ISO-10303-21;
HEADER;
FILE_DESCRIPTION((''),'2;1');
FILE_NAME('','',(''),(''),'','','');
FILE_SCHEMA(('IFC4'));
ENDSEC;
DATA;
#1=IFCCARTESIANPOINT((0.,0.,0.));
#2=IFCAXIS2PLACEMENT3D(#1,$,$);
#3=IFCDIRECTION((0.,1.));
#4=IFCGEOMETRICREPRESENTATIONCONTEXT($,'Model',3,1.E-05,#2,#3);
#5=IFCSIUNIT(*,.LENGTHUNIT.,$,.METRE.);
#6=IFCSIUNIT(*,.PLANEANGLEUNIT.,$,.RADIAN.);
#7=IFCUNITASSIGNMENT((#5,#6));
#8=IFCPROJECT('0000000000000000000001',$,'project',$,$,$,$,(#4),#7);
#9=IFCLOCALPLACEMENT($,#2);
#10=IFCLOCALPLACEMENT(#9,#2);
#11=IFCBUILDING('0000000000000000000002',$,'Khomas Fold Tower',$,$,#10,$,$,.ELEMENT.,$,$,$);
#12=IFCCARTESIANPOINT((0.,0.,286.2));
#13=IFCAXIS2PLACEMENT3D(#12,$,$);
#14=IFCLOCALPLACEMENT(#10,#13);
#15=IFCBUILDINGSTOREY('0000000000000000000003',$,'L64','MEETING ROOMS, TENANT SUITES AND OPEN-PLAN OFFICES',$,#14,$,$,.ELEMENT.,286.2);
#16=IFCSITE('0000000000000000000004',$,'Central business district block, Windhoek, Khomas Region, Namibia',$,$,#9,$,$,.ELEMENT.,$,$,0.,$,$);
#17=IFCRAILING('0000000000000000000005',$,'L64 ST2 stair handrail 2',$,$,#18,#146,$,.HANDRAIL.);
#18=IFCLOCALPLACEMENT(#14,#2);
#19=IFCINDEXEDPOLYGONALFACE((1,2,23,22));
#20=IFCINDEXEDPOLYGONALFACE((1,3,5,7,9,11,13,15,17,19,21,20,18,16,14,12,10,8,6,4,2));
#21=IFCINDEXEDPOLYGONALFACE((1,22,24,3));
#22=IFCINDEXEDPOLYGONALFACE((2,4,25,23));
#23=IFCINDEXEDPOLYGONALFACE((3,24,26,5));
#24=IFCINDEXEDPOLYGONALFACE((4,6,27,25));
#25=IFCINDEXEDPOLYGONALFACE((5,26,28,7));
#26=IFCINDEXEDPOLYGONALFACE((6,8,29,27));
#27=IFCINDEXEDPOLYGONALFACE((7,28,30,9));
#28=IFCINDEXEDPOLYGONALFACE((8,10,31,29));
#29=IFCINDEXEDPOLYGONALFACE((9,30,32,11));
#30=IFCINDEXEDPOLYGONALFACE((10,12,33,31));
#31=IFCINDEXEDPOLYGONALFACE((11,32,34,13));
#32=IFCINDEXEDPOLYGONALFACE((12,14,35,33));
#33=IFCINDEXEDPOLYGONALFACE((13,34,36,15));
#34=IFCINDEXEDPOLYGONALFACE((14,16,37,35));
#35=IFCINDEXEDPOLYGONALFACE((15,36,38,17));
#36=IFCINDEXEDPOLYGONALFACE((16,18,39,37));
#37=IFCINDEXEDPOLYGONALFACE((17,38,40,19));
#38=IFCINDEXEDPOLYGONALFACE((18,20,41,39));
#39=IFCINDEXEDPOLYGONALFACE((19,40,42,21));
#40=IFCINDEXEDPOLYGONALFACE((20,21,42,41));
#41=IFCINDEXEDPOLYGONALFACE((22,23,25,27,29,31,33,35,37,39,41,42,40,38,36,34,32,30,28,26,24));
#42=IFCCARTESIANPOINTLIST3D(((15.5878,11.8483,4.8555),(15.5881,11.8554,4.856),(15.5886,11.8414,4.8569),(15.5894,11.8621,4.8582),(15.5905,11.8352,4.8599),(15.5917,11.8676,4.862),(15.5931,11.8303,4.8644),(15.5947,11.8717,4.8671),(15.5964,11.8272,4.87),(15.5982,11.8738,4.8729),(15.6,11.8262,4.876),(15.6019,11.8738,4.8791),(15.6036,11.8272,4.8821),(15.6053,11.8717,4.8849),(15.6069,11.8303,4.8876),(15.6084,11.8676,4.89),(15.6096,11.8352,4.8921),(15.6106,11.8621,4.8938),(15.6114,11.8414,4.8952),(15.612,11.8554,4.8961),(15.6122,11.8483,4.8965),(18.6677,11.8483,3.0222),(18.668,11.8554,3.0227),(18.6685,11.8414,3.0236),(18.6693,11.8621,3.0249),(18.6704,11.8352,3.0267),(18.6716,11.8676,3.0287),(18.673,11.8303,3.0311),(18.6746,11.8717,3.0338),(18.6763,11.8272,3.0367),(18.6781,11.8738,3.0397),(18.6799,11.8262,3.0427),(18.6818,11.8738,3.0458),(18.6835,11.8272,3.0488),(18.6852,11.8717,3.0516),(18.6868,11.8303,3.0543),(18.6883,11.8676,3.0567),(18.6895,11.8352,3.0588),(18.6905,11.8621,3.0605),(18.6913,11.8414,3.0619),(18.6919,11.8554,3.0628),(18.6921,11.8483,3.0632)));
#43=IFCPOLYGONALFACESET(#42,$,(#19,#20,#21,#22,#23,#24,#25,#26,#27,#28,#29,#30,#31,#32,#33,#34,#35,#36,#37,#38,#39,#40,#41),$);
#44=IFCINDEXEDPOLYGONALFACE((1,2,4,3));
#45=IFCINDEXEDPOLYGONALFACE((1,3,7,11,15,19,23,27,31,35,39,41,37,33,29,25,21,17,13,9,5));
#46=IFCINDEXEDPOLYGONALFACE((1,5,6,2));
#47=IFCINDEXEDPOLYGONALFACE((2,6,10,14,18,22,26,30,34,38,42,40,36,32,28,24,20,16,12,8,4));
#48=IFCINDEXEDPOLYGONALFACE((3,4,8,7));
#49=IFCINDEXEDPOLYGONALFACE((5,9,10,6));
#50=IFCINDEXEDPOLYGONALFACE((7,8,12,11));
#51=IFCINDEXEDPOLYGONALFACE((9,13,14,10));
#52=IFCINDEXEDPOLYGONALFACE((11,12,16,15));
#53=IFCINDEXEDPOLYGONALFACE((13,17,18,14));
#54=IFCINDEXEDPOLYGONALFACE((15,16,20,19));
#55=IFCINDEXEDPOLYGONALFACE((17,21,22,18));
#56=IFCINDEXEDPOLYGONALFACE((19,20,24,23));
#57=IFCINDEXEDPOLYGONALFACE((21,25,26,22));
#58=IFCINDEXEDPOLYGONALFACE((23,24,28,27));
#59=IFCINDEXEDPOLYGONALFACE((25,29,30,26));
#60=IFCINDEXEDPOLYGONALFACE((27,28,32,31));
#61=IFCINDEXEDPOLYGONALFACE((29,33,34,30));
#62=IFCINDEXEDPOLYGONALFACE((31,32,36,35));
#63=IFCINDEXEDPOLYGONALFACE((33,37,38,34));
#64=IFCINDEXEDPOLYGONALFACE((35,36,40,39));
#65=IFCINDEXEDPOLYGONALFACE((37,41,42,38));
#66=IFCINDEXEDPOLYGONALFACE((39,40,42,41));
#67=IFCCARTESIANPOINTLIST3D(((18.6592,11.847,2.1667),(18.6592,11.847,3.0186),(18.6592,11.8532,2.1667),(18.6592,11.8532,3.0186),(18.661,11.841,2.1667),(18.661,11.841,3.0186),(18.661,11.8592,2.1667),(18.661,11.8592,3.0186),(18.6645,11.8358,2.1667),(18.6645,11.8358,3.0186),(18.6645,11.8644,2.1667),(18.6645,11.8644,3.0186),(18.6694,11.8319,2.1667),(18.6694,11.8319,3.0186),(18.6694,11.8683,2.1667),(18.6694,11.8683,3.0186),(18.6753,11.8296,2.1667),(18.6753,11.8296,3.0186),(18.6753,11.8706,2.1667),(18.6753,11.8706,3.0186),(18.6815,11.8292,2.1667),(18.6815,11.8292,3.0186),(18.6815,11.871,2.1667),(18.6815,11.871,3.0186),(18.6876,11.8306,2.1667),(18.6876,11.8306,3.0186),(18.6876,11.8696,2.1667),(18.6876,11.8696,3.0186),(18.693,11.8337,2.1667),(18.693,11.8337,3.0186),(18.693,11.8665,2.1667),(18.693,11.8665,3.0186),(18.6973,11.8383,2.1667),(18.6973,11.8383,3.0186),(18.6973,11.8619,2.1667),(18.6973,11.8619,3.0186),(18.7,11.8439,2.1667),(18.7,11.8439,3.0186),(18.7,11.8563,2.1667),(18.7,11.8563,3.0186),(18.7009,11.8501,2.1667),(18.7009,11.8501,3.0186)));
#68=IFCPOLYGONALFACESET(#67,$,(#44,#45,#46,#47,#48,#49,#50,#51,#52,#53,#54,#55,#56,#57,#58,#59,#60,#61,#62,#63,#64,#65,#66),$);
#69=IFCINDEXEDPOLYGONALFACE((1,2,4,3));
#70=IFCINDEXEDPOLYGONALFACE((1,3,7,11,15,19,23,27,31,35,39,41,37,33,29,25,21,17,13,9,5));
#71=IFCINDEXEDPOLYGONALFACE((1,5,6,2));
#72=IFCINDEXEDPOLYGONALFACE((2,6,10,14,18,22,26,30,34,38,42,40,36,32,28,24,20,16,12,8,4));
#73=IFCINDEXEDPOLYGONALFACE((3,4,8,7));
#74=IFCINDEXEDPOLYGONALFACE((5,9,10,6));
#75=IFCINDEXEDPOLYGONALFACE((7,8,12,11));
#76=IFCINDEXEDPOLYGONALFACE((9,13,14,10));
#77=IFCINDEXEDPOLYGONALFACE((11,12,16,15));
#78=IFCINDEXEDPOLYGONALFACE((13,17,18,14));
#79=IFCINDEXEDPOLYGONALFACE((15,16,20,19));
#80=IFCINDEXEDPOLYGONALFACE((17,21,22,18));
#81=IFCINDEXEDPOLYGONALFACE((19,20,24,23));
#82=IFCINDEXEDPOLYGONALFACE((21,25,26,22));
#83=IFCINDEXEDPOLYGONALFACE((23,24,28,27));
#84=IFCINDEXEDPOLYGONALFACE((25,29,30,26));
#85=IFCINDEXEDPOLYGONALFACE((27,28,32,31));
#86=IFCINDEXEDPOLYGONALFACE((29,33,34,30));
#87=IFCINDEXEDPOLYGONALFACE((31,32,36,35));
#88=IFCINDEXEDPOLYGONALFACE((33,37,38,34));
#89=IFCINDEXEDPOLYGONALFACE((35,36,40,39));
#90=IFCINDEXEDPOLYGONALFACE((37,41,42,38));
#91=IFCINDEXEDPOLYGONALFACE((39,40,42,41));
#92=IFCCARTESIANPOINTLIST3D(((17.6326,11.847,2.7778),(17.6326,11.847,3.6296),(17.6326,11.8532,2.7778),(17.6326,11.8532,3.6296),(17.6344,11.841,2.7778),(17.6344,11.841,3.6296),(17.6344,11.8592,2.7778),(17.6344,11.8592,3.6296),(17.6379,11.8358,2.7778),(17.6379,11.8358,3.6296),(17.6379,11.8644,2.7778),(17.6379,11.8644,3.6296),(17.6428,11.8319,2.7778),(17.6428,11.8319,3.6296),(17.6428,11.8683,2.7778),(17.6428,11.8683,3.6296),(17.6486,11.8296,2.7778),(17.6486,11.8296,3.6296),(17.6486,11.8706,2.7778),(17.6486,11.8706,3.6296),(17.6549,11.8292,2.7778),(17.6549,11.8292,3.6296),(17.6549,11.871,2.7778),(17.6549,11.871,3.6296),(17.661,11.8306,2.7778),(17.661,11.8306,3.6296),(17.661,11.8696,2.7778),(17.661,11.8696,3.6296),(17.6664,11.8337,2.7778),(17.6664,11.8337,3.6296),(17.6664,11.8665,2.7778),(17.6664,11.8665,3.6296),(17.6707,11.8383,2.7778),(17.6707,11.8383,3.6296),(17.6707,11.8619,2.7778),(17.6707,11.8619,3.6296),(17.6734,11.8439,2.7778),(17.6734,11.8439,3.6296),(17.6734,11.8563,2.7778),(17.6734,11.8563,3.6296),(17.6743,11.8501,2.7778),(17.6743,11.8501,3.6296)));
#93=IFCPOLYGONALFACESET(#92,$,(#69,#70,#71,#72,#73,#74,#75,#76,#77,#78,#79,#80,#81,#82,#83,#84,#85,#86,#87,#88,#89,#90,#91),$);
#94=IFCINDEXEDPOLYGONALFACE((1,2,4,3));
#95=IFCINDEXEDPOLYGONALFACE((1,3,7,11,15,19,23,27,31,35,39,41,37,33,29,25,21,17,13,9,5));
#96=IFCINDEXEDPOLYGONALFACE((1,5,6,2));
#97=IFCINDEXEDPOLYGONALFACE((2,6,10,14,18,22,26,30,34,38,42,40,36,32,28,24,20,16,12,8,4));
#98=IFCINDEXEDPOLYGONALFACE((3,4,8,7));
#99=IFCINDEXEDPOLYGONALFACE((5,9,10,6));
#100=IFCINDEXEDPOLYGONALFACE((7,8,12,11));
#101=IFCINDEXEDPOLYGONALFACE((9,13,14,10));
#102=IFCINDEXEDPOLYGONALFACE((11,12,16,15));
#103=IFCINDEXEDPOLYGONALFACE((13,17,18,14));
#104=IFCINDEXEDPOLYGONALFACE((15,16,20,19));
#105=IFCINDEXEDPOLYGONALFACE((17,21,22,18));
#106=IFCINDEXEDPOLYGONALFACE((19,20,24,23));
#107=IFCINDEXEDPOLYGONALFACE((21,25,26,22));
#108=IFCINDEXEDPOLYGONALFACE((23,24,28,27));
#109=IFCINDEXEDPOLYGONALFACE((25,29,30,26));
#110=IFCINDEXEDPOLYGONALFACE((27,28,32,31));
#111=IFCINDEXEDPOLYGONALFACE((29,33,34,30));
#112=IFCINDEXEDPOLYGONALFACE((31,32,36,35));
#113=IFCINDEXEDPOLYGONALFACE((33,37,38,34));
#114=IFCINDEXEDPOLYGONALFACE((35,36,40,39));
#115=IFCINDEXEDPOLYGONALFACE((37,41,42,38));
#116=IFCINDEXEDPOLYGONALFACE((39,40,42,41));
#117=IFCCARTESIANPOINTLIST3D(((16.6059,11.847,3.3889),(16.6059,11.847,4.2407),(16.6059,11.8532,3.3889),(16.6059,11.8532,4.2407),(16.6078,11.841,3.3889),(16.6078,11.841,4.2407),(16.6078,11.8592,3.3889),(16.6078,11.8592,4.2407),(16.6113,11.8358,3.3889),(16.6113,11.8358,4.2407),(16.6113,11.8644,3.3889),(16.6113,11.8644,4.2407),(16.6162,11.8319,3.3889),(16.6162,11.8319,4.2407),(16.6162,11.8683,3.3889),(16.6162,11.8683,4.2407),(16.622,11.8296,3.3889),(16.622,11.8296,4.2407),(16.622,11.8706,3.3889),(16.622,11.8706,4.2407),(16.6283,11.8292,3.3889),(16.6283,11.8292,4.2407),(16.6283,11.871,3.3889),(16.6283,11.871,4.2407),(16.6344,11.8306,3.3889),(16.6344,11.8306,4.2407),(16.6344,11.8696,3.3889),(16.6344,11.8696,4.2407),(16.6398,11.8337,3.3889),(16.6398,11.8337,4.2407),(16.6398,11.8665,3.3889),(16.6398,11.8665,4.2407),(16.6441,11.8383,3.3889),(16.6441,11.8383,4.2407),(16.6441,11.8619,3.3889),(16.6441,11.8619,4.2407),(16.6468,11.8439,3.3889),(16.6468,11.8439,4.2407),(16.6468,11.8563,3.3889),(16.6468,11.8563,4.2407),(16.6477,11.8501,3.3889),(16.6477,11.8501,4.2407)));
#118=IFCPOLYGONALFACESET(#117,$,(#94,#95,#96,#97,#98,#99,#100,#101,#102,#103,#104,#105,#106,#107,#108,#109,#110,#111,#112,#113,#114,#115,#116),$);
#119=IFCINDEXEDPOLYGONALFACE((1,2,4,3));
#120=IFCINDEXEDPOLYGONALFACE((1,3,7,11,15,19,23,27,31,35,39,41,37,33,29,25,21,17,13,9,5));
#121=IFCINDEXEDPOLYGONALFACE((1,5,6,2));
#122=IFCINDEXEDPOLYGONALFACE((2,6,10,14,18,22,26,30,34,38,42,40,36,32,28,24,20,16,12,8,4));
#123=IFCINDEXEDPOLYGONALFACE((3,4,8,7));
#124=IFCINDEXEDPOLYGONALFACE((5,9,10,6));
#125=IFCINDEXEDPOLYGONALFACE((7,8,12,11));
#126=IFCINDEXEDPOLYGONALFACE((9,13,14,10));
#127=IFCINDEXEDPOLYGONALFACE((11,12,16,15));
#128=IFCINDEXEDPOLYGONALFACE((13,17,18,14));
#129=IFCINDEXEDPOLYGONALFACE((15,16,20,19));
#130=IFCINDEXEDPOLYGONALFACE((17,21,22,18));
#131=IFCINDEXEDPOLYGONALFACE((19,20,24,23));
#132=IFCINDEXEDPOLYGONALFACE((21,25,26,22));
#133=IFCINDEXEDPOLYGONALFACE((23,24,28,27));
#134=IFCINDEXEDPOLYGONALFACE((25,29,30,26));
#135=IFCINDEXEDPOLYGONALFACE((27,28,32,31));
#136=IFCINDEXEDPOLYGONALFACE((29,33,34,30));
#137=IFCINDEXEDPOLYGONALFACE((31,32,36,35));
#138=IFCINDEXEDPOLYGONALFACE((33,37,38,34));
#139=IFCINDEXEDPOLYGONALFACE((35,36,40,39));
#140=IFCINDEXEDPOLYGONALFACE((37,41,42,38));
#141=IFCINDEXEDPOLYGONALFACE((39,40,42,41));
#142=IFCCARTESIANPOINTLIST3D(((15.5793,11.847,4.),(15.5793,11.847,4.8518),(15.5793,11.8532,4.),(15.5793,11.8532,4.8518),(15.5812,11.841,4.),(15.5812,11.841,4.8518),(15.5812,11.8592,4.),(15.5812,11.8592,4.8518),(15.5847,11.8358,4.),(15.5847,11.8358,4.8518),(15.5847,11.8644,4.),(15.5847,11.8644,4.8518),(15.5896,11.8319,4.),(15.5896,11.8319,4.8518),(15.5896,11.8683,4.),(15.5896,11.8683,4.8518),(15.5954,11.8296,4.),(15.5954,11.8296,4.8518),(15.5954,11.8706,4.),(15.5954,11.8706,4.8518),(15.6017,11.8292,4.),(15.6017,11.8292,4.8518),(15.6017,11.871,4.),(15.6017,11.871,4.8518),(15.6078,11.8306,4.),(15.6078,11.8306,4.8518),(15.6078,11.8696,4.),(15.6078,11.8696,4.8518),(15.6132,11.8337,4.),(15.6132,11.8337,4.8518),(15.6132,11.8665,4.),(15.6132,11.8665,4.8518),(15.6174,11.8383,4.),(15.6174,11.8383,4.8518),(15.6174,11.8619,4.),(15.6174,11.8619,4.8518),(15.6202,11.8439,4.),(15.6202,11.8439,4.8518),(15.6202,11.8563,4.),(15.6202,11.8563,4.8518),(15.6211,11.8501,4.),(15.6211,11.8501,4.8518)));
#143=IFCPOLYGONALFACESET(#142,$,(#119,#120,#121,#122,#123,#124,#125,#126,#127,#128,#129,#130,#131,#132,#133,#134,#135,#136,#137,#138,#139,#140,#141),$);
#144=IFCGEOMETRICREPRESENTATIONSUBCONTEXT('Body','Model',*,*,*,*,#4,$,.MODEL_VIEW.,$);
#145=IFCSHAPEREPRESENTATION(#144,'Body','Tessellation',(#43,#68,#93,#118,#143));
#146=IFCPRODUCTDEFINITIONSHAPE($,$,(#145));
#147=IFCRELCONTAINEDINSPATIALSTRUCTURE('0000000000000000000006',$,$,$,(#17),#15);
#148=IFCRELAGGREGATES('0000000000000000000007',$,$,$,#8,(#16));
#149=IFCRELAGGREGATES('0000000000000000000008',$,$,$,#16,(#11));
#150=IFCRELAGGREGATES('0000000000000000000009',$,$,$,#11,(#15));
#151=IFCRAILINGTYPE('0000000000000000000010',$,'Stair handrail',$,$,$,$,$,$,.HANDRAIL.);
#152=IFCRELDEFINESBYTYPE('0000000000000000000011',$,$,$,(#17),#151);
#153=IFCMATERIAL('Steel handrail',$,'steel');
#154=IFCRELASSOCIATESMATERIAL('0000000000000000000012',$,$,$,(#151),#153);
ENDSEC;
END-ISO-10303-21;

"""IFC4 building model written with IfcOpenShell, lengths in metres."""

from ifc_helpers import new_model, si_unit, direction, frame, origin, origin_2d, place, context, subcontext, project, spatial, circle, extrude, source, transform, mapped, material, type_object, element, save


model = new_model("IFC4")

# Units and contexts
model_context = context("Model", 3, precision=1e-05, world=origin(), true_north=direction((0.0, 1.0)))
body_context = subcontext(model_context, "Body", "Model", "MODEL_VIEW")
ifc_project = project(units=[si_unit("LENGTHUNIT", "METRE"), si_unit("PLANEANGLEUNIT", "RADIAN")], contexts=[model_context])

# Site, building, storey
site_placement = place(None, origin())
site = spatial("IfcSite", under=ifc_project, at=site_placement, Name="Central business district block, Windhoek, Khomas Region, Namibia", CompositionType="ELEMENT", RefElevation=0.0)
building_placement = place(site_placement, origin())
building = spatial("IfcBuilding", under=site, at=building_placement, Name="Khomas Fold Tower", CompositionType="ELEMENT")
storey_placement = place(building_placement, frame((0.0, 0.0, 286.2)))
storey = spatial("IfcBuildingStorey", under=building, at=storey_placement, Name="L64", Description="MEETING ROOMS, TENANT SUITES AND OPEN-PLAN OFFICES", CompositionType="ELEMENT", Elevation=286.2)

# Railing
ifc_material_1 = material(Name="Steel handrail", Category="steel")
railing_type_1 = type_object("IfcRailingType", Name="Stair handrail", PredefinedType="HANDRAIL", material=ifc_material_1)
shared_shape_1 = source(origin(), body_context, "Body", "SweptSolid", [
    extrude(circle(Radius=0.0239, at=origin_2d()), frame((0.0, 0.0, 0.876), z_axis=(-0.859291, 0.0, 0.511487), x_axis=(0.0, -1.0, 0.0)), (0.0, 0.0, 1.0), 3.5842),
    extrude(circle(Radius=0.021, at=origin_2d()), origin(), (0.0, 0.0, 1.0), 0.8518),
    extrude(circle(Radius=0.021, at=origin_2d()), frame((-1.0266, 0.0, 0.6111)), (0.0, 0.0, 1.0), 0.8518),
    extrude(circle(Radius=0.021, at=origin_2d()), frame((-2.0532, 0.0, 1.2222)), (0.0, 0.0, 1.0), 0.8518),
    extrude(circle(Radius=0.021, at=origin_2d()), frame((-3.0798, 0.0, 1.8333)), (0.0, 0.0, 1.0), 0.8518),
])
railing_1_placement = place(storey_placement, frame((18.6799, 11.8501, 2.1667)))
element("IfcRailing", 1, at=railing_1_placement, inside=storey, type_object=railing_type_1, Name="L64 ST2 stair handrail 2", PredefinedType="HANDRAIL", context=body_context, shape_type="MappedRepresentation", body=[
    mapped(shared_shape_1, transform((0.0, 0.0, 0.0))),
])

save(model, "model.ifc")
